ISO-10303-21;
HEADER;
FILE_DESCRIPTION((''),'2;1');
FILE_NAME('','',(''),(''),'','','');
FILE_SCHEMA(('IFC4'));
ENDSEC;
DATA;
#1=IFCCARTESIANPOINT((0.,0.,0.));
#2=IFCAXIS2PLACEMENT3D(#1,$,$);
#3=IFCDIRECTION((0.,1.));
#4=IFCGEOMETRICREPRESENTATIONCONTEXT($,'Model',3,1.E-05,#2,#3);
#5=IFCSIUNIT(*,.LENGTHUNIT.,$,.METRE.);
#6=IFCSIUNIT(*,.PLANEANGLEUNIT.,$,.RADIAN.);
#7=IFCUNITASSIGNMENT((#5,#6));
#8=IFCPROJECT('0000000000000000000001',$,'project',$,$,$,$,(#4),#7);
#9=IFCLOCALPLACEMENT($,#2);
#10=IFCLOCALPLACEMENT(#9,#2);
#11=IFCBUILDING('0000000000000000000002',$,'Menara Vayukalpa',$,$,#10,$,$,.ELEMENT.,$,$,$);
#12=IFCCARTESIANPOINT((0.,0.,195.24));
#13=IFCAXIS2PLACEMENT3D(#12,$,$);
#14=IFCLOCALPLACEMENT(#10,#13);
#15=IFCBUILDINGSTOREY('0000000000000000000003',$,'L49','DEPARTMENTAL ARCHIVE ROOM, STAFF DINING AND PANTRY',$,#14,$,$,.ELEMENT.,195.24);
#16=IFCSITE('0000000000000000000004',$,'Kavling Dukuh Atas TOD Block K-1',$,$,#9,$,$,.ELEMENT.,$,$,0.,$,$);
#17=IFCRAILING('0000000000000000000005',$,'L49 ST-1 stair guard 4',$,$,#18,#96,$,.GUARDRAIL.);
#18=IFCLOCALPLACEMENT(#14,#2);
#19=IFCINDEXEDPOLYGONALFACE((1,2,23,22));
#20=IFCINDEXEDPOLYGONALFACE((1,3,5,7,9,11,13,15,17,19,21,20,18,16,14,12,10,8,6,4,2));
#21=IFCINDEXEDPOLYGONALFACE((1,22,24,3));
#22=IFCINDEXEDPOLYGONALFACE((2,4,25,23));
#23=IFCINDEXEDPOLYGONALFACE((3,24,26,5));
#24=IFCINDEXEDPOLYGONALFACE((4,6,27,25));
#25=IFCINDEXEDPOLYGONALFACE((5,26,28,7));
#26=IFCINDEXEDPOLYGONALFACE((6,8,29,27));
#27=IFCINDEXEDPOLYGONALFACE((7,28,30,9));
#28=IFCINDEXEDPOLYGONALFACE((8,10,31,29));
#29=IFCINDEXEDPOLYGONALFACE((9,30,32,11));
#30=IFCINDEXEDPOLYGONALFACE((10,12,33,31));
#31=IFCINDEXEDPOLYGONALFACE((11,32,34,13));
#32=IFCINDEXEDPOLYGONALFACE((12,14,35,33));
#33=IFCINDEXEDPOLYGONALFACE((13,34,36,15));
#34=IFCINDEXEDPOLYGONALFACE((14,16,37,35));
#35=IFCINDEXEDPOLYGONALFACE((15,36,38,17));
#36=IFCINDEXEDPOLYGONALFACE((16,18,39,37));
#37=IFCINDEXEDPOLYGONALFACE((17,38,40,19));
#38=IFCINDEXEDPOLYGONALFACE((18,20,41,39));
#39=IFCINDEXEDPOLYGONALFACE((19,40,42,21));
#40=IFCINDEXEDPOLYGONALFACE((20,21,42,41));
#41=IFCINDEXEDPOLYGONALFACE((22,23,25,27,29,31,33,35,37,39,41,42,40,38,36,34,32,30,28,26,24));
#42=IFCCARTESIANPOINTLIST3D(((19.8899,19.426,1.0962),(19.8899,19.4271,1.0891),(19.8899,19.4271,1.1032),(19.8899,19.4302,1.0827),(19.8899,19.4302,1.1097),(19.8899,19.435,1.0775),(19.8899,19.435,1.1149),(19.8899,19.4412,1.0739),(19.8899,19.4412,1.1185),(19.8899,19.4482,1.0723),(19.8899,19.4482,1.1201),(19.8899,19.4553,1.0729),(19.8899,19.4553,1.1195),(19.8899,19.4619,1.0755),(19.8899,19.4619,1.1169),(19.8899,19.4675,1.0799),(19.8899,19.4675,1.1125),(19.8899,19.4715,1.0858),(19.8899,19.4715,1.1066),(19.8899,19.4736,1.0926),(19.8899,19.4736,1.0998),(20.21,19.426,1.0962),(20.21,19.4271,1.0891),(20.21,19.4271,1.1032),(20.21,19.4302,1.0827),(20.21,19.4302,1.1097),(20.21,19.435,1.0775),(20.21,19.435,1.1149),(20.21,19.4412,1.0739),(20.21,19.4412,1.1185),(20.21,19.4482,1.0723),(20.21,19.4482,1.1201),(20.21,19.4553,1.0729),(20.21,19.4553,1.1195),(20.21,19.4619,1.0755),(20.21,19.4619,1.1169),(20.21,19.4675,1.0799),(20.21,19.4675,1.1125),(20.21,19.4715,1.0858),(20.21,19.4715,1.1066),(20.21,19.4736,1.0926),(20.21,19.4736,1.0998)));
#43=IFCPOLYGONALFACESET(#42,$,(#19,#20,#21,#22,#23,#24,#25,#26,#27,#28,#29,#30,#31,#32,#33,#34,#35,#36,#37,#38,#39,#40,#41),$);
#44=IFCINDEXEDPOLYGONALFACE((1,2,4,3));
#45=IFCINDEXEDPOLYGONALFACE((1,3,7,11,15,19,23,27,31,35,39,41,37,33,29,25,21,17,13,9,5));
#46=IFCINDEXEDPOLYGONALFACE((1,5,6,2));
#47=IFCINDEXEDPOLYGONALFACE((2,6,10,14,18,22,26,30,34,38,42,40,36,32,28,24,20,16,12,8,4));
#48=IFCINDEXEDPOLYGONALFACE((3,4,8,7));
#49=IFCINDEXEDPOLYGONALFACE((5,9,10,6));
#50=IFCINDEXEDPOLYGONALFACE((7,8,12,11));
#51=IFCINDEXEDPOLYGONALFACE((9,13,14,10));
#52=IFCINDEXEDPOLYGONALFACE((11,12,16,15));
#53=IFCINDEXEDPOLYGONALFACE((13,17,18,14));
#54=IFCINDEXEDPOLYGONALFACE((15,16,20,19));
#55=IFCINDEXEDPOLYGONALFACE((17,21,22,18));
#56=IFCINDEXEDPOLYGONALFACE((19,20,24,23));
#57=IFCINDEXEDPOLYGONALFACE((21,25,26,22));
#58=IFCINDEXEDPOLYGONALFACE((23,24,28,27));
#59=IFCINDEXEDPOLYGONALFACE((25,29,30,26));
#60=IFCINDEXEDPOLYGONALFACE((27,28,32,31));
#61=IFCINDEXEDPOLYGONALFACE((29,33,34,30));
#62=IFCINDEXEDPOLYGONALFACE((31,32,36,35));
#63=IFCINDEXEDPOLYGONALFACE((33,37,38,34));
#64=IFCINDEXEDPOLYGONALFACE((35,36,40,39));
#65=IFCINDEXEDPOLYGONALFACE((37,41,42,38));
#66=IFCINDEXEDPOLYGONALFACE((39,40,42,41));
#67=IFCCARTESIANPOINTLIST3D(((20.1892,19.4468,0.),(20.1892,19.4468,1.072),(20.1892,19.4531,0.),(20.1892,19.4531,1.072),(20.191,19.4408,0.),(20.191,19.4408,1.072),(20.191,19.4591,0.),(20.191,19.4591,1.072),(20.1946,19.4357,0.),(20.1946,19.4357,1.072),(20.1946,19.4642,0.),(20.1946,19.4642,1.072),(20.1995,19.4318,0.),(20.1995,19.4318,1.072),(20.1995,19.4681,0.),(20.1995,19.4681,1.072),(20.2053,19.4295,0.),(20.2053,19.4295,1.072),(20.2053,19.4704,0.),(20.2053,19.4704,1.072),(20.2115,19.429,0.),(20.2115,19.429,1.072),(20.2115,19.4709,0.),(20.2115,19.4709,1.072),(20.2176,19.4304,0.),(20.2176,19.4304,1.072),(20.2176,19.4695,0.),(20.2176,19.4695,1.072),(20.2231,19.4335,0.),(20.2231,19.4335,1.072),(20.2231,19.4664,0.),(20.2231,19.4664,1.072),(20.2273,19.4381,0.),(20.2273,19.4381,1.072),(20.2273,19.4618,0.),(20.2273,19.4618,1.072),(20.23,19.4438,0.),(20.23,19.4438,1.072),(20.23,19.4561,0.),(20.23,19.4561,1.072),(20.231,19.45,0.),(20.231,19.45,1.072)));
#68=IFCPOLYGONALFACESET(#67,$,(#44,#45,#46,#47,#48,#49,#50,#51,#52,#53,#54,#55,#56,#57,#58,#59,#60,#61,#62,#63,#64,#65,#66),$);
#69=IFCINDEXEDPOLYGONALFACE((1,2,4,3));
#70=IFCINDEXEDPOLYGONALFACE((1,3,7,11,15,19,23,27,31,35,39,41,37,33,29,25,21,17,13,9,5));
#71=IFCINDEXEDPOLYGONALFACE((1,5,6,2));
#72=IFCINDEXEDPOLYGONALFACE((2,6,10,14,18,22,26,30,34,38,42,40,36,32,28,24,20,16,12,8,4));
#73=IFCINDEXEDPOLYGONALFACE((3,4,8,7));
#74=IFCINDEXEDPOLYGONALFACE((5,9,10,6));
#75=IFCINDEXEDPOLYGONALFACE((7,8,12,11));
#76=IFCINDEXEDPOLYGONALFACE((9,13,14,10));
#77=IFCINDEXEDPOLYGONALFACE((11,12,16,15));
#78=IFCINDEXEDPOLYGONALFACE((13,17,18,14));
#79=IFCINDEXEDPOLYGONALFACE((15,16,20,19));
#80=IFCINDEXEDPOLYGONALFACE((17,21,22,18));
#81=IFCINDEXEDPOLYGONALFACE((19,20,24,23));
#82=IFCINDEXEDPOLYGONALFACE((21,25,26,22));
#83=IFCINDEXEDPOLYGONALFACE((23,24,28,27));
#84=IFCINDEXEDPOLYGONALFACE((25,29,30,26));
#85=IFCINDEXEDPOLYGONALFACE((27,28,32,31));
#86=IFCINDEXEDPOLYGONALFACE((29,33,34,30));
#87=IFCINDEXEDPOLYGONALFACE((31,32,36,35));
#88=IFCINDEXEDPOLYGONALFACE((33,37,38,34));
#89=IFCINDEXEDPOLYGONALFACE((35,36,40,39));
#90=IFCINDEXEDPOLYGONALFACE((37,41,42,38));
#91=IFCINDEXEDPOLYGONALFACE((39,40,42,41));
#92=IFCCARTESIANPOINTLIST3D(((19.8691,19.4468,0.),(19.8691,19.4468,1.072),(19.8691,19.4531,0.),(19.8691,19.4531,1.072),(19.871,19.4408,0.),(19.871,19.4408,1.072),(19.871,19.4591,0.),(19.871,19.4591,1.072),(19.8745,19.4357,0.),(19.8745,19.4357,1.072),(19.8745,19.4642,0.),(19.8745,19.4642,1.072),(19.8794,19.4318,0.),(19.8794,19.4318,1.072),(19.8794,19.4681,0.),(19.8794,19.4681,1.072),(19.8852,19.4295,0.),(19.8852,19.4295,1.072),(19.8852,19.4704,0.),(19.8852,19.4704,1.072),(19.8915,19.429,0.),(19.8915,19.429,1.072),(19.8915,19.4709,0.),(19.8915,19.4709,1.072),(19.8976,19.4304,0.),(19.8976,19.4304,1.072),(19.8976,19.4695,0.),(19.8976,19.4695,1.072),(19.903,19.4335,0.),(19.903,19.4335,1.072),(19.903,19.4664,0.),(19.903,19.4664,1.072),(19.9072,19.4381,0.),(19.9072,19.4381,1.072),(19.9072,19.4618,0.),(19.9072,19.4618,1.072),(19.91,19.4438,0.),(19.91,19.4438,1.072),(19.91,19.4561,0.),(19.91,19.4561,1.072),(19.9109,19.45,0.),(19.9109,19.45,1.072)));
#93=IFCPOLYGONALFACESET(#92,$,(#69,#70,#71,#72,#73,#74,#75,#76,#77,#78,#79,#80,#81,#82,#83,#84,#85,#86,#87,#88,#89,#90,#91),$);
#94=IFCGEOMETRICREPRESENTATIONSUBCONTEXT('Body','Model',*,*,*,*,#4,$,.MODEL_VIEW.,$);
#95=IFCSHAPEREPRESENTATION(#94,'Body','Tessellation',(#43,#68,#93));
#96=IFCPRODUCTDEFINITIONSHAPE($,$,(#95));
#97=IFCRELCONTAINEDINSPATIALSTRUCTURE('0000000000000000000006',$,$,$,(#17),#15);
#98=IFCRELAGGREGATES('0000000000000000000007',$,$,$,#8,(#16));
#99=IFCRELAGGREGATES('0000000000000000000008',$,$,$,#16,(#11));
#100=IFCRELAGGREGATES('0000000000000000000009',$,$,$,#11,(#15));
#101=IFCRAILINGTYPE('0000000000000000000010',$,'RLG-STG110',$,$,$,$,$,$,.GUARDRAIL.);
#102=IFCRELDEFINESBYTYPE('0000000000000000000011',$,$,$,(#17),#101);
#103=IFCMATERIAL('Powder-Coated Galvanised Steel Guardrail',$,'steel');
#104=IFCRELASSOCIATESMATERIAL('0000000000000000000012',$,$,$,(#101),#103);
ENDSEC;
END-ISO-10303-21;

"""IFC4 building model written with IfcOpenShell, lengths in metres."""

from ifc_helpers import new_model, si_unit, direction, frame, origin, origin_2d, place, context, subcontext, project, spatial, circle, extrude, material, type_object, element, save


model = new_model("IFC4")

# Units and contexts
model_context = context("Model", 3, precision=1e-05, world=origin(), true_north=direction((0.0, 1.0)))
body_context = subcontext(model_context, "Body", "Model", "MODEL_VIEW")
ifc_project = project(units=[si_unit("LENGTHUNIT", "METRE"), si_unit("PLANEANGLEUNIT", "RADIAN")], contexts=[model_context])

# Site, building, storey
site_placement = place(None, origin())
site = spatial("IfcSite", under=ifc_project, at=site_placement, Name="Kavling Dukuh Atas TOD Block K-1", CompositionType="ELEMENT", RefElevation=0.0)
building_placement = place(site_placement, origin())
building = spatial("IfcBuilding", under=site, at=building_placement, Name="Menara Vayukalpa", CompositionType="ELEMENT")
storey_placement = place(building_placement, frame((0.0, 0.0, 195.24)))
storey = spatial("IfcBuildingStorey", under=building, at=storey_placement, Name="L49", Description="DEPARTMENTAL ARCHIVE ROOM, STAFF DINING AND PANTRY", CompositionType="ELEMENT", Elevation=195.24)

# Railing
ifc_material_1 = material(Name="Powder-Coated Galvanised Steel Guardrail", Category="steel")
railing_type = type_object("IfcRailingType", Name="RLG-STG110", PredefinedType="GUARDRAIL", material=ifc_material_1)
railing_1_placement = place(storey_placement, frame((20.21, 19.45, 0.0)))
element("IfcRailing", 1, at=railing_1_placement, inside=storey, type_object=railing_type, Name="L49 ST-1 stair guard 4", PredefinedType="GUARDRAIL", context=body_context, shape_type="SweptSolid", body=[
    extrude(circle(Radius=0.0239, at=origin_2d()), frame((0.0, 0.0, 1.0962), z_axis=(-1.0, 0.0, 0.0), x_axis=(0.0, -1.0, 0.0)), (0.0, 0.0, 1.0), 0.3201),
    extrude(circle(Radius=0.021, at=origin_2d()), origin(), (0.0, 0.0, 1.0), 1.072),
    extrude(circle(Radius=0.021, at=origin_2d()), frame((-0.3201, 0.0, 0.0)), (0.0, 0.0, 1.0), 1.072),
])

save(model, "model.ifc")
